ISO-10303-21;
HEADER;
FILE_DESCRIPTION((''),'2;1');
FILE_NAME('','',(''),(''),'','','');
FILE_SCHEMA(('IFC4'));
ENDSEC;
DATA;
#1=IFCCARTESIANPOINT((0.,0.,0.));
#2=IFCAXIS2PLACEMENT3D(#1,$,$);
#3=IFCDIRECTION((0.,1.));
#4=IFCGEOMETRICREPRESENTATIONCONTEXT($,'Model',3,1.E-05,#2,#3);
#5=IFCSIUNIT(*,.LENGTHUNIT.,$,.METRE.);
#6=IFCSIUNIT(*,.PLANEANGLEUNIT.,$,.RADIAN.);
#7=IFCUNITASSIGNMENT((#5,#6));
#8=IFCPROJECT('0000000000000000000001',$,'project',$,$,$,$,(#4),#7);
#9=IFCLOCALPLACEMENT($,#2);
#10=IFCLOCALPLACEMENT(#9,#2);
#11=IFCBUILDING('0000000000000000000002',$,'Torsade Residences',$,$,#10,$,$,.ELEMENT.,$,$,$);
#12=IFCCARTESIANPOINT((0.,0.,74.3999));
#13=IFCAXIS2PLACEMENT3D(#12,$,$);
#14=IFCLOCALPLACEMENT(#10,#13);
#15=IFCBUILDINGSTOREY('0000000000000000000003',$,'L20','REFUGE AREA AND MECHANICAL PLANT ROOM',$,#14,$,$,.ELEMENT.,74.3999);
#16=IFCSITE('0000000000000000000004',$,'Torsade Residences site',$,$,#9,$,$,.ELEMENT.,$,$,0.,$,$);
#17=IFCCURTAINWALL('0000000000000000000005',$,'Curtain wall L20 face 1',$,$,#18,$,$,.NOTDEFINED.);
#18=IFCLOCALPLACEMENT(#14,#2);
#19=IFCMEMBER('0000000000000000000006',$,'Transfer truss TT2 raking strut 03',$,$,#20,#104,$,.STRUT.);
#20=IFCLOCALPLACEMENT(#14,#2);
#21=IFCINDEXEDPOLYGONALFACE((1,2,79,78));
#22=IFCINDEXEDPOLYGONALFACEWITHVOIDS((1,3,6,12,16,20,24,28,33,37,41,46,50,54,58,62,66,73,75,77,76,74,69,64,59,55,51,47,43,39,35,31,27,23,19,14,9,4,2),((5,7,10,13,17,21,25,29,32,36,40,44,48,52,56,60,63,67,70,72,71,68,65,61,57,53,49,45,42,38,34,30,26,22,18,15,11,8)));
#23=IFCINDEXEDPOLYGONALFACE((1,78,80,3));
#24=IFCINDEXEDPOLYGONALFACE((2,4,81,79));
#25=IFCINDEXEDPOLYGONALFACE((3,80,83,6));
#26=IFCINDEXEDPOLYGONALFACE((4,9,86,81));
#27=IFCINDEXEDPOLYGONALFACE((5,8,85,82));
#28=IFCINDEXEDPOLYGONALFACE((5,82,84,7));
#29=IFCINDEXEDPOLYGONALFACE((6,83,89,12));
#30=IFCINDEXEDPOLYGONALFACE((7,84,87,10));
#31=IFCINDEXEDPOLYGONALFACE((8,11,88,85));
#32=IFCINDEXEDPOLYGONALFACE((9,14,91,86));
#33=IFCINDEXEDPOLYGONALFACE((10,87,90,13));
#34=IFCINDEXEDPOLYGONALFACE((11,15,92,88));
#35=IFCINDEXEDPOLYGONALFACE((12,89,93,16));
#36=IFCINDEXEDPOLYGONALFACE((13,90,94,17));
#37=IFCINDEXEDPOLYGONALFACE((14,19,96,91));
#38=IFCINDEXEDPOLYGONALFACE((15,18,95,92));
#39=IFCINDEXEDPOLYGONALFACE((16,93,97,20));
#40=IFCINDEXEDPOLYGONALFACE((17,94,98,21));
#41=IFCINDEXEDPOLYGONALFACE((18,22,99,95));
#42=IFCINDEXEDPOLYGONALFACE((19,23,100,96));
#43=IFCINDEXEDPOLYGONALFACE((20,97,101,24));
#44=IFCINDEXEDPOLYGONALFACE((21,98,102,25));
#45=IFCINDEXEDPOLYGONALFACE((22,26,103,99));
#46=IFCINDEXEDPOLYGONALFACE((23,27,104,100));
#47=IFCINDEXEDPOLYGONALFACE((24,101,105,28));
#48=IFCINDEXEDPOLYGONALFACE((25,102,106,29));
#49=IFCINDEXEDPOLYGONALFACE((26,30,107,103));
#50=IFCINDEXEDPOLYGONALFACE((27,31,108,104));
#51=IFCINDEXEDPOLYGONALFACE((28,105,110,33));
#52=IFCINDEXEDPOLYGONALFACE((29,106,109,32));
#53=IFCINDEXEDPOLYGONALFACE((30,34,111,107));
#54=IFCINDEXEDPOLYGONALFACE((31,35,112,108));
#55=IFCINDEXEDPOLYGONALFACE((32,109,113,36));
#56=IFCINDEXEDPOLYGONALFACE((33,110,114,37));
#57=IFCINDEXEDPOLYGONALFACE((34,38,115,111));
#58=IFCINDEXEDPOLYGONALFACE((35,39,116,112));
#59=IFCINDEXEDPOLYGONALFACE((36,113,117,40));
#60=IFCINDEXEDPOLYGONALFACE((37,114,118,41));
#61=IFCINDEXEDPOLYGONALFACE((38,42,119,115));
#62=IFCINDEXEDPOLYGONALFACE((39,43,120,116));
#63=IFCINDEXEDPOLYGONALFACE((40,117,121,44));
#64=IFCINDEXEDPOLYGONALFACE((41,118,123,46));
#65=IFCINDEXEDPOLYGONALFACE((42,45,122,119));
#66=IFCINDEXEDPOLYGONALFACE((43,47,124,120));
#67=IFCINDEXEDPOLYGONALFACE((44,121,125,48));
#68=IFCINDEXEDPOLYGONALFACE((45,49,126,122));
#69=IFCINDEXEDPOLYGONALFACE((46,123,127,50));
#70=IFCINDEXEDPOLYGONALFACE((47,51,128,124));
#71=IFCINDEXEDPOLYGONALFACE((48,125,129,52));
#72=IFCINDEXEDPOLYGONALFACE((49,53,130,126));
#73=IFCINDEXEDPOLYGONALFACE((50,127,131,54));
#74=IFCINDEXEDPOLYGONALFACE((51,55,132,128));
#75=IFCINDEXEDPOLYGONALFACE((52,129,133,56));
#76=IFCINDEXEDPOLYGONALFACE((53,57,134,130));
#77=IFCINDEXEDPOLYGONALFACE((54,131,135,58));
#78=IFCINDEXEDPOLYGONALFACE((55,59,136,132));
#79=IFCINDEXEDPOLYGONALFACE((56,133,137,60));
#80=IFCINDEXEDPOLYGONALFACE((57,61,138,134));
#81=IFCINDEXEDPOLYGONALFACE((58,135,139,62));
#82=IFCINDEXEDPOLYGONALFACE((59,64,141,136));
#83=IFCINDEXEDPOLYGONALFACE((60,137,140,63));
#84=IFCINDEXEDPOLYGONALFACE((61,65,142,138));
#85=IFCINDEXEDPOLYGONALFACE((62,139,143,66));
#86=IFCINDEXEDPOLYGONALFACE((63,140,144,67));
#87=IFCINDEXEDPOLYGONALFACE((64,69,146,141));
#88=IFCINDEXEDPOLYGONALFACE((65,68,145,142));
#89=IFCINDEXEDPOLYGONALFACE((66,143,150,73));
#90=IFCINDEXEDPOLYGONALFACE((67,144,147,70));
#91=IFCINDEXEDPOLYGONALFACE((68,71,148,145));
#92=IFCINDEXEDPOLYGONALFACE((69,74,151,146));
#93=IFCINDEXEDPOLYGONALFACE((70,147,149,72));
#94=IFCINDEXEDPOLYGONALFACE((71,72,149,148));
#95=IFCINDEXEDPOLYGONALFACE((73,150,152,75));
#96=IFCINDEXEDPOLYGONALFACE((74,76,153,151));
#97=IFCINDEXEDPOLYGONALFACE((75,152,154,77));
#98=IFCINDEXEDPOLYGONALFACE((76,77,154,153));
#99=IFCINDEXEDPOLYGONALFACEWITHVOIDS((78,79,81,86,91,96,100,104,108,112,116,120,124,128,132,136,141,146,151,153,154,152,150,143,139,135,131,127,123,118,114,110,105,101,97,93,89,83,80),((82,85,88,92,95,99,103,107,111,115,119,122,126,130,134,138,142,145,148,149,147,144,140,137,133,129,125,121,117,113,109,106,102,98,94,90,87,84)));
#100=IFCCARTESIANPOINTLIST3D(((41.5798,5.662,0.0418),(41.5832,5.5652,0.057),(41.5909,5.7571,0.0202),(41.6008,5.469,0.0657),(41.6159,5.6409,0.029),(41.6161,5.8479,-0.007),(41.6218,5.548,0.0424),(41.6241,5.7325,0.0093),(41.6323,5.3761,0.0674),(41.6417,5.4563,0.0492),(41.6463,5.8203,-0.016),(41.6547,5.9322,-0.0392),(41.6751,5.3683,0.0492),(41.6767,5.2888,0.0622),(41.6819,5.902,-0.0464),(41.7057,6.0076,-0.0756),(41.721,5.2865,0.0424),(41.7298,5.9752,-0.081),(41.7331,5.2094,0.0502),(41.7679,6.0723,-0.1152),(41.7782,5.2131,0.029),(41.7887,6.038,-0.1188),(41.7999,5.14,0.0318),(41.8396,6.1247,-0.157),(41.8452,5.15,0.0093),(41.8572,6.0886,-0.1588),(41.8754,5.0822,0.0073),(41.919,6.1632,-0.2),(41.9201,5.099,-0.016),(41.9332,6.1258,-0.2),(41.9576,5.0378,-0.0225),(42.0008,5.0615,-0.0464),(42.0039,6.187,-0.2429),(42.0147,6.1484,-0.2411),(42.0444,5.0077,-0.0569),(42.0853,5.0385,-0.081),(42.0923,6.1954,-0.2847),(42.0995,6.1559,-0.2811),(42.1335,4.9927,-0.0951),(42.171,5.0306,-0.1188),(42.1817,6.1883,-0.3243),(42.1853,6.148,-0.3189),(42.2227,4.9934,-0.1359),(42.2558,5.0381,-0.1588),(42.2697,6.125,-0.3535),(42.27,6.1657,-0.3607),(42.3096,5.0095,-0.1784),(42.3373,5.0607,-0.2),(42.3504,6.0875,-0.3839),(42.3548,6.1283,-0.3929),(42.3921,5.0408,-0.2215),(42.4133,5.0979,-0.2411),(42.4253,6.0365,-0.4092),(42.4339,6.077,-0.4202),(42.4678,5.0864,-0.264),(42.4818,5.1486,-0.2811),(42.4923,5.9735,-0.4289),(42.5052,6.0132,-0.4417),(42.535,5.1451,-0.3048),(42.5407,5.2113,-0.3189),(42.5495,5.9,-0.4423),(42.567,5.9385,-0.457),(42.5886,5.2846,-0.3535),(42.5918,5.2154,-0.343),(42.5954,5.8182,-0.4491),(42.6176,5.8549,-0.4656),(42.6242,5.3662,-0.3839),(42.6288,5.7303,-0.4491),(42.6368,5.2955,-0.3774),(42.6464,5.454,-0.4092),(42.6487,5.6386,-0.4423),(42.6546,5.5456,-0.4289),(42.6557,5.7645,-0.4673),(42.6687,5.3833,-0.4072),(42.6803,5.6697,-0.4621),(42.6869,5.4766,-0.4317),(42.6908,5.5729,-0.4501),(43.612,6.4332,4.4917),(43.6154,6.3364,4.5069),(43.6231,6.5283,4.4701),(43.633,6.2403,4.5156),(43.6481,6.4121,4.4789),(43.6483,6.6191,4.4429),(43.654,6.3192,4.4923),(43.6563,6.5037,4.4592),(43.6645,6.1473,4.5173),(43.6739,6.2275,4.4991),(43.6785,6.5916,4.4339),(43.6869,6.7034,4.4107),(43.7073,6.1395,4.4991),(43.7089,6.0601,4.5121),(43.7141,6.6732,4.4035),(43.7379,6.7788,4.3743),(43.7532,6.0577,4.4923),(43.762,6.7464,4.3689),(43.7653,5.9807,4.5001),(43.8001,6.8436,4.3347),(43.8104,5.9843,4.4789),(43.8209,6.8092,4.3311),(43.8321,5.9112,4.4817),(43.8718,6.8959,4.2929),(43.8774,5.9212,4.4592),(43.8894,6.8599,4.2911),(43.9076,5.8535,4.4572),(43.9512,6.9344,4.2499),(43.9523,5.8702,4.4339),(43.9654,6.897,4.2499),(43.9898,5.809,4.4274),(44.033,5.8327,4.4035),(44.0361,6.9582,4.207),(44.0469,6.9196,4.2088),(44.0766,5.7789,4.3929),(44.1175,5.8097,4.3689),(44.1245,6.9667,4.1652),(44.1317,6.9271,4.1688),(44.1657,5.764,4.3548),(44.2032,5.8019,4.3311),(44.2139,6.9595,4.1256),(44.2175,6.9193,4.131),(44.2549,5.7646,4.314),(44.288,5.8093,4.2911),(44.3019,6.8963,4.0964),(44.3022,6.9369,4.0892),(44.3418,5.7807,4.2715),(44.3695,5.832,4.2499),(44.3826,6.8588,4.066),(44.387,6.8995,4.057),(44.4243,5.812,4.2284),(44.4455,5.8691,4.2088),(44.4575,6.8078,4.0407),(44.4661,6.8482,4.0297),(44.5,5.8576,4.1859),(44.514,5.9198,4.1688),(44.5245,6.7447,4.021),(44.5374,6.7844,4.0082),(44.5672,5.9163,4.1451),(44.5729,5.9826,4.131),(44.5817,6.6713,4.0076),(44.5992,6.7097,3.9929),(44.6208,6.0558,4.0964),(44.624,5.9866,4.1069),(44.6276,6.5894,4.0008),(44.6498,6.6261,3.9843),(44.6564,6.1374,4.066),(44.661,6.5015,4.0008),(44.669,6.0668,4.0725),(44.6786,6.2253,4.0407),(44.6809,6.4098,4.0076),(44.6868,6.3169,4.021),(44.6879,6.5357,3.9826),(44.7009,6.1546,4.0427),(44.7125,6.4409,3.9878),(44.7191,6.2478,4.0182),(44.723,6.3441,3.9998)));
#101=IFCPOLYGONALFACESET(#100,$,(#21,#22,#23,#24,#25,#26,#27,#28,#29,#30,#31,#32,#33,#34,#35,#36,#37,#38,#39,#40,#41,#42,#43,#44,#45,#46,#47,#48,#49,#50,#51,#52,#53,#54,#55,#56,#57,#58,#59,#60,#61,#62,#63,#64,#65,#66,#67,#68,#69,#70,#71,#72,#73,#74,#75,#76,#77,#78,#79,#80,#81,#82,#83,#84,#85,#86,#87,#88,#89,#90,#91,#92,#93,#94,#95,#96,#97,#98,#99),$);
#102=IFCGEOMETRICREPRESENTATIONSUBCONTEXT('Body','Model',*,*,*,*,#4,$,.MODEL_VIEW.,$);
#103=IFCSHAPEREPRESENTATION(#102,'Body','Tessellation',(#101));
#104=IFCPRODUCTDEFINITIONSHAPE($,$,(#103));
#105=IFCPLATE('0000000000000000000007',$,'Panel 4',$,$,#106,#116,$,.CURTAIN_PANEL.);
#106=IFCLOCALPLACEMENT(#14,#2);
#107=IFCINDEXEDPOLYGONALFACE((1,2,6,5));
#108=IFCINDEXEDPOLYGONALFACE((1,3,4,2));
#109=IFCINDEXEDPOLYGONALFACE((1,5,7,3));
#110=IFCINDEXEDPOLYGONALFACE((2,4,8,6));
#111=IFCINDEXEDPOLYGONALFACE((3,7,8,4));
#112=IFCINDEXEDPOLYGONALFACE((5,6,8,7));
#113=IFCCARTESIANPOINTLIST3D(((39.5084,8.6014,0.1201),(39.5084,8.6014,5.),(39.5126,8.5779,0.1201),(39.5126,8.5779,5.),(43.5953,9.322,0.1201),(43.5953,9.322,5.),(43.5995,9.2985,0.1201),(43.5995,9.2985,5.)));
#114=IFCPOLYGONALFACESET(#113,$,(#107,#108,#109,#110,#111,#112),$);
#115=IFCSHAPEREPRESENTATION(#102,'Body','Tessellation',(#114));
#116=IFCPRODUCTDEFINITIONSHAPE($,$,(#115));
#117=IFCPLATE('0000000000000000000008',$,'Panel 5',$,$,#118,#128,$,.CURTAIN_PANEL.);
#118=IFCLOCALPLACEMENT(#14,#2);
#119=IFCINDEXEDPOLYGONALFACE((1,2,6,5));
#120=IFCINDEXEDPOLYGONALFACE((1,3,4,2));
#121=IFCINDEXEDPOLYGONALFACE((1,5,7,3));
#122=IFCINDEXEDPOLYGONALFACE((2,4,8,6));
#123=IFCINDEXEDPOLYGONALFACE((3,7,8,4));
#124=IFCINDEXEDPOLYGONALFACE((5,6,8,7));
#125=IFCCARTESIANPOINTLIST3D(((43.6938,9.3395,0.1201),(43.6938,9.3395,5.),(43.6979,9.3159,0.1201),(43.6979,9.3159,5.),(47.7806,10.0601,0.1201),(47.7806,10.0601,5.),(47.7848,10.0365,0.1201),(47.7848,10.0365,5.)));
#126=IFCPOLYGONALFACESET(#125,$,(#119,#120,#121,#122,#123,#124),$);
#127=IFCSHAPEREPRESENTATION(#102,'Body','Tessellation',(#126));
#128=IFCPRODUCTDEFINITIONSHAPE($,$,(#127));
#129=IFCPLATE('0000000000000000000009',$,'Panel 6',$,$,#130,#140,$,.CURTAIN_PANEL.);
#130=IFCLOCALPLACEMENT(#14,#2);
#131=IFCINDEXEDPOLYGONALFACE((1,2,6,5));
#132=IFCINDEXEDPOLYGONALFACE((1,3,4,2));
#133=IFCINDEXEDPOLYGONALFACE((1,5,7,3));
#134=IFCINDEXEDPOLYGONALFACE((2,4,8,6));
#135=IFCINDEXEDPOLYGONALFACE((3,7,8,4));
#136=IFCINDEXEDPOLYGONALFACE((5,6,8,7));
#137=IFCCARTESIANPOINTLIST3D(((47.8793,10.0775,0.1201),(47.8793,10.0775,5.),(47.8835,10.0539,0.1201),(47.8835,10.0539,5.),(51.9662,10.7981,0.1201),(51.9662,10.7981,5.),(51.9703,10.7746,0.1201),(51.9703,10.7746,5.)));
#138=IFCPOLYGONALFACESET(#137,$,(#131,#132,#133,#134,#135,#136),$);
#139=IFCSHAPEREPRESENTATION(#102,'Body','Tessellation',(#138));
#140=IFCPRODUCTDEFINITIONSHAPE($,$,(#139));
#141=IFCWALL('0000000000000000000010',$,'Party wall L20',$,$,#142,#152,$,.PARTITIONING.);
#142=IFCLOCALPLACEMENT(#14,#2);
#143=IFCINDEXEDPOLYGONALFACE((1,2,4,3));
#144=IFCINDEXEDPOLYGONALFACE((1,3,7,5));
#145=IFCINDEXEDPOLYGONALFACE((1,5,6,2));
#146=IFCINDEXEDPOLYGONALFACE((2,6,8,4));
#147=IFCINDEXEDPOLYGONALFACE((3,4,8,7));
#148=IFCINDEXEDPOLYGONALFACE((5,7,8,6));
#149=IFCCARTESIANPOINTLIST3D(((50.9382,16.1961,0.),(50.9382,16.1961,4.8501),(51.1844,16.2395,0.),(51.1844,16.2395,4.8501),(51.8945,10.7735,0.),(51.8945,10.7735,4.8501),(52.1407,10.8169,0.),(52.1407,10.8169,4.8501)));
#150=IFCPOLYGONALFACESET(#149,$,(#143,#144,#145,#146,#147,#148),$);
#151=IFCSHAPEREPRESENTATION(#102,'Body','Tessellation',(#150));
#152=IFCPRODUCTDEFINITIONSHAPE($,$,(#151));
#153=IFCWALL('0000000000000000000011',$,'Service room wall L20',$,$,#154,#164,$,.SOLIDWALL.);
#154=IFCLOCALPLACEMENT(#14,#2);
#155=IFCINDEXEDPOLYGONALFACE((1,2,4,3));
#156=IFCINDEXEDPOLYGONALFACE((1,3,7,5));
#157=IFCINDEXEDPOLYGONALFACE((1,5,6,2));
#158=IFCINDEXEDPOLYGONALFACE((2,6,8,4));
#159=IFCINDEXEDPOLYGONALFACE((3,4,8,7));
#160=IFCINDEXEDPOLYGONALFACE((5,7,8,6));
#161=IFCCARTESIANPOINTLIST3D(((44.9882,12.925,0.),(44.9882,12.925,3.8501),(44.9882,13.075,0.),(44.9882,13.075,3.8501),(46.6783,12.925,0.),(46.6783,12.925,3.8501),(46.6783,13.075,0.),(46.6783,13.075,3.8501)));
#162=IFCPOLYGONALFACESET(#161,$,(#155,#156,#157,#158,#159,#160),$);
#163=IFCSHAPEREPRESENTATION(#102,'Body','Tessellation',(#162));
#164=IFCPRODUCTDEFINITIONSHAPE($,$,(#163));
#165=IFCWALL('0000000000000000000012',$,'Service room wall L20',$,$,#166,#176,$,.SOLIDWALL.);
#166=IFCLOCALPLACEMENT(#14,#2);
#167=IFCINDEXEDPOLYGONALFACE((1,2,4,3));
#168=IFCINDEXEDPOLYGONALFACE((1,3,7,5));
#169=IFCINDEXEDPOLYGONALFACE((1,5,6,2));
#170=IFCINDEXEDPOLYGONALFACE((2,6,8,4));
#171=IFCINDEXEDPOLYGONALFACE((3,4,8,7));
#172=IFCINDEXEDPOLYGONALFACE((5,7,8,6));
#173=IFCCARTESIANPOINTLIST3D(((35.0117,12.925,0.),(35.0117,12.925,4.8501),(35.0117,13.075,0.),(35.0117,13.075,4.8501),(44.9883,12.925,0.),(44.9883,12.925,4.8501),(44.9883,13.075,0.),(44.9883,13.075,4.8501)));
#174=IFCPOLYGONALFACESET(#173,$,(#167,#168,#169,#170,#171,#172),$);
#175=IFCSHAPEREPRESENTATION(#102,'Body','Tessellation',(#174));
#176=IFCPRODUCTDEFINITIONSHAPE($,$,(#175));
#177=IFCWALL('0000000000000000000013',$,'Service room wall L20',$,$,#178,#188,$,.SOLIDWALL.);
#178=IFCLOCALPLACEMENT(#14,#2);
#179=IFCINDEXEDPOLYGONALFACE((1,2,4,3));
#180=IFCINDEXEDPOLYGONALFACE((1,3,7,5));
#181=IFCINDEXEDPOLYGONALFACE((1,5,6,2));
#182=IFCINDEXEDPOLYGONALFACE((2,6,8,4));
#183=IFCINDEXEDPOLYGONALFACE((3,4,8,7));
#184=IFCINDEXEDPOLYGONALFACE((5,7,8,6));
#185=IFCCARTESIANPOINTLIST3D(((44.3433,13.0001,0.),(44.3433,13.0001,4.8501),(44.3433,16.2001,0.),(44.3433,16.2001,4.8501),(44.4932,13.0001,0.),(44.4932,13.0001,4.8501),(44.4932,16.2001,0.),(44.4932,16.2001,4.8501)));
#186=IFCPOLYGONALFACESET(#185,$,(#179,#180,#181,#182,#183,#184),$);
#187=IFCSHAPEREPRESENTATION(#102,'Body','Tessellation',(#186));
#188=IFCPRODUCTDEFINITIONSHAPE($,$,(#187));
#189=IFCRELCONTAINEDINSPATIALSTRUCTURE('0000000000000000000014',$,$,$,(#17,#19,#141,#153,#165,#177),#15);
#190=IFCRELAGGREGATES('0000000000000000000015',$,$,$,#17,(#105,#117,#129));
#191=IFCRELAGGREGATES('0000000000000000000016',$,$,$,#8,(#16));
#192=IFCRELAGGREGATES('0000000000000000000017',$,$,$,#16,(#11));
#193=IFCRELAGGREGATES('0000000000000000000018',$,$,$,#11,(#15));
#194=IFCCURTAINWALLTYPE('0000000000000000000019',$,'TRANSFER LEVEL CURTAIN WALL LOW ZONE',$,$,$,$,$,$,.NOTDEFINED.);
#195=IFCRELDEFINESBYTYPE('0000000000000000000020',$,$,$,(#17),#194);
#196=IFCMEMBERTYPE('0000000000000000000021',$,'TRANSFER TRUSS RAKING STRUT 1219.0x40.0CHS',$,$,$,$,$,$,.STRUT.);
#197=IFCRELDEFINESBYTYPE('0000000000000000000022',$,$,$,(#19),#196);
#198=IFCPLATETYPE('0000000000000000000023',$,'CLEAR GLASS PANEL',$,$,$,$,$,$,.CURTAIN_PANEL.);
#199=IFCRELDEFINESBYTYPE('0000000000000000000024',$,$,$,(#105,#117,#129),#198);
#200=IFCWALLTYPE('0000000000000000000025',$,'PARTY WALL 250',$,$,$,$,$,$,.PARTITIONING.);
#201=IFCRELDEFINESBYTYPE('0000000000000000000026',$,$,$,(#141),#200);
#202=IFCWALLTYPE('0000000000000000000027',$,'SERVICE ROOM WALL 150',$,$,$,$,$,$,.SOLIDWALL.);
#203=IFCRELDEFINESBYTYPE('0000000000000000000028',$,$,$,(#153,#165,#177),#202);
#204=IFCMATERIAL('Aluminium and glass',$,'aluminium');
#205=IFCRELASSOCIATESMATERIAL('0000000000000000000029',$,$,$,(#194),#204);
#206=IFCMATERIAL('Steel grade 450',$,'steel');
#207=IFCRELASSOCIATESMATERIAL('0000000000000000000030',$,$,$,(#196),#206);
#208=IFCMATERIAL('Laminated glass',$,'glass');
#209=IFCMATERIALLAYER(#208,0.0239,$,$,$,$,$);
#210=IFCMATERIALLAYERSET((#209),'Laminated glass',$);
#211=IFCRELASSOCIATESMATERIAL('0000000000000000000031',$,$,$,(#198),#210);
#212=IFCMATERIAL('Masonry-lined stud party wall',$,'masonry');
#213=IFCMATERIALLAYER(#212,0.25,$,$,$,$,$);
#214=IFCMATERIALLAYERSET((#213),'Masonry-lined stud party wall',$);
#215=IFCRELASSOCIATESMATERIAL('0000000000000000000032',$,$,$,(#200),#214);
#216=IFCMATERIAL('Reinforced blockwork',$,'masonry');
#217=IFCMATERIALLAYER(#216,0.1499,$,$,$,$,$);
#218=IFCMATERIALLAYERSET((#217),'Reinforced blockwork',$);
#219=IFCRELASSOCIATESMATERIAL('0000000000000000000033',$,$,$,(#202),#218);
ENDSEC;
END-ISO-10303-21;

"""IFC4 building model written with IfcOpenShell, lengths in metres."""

from ifc_helpers import new_model, si_unit, direction, frame, frame_2d, origin, origin_2d, place, context, subcontext, project, spatial, rectangle, hollow_circle, extrude, material, layer, layer_set, material_profile, profile_set, type_object, element, aggregate, save


model = new_model("IFC4")

# Units and contexts
model_context = context("Model", 3, precision=1e-05, world=origin(), true_north=direction((0.0, 1.0)))
body_context = subcontext(model_context, "Body", "Model", "MODEL_VIEW")
ifc_project = project(units=[si_unit("LENGTHUNIT", "METRE"), si_unit("PLANEANGLEUNIT", "RADIAN")], contexts=[model_context])

# Site, building, storey
site_placement = place(None, origin())
site = spatial("IfcSite", under=ifc_project, at=site_placement, Name="Torsade Residences site", CompositionType="ELEMENT", RefElevation=0.0)
building_placement = place(site_placement, origin())
building = spatial("IfcBuilding", under=site, at=building_placement, Name="Torsade Residences", CompositionType="ELEMENT")
storey_placement = place(building_placement, frame((0.0, 0.0, 74.3999)))
storey = spatial("IfcBuildingStorey", under=building, at=storey_placement, Name="L20", Description="REFUGE AREA AND MECHANICAL PLANT ROOM", CompositionType="ELEMENT", Elevation=74.3999)

# Curtain wall
ifc_material_1 = material(Name="Aluminium and glass", Category="aluminium")
curtain_wall_type = type_object("IfcCurtainWallType", Name="TRANSFER LEVEL CURTAIN WALL LOW ZONE", PredefinedType="NOTDEFINED", material=ifc_material_1)
curtain_wall_placement = place(storey_placement, origin())
curtain_wall = element("IfcCurtainWall", 1, at=curtain_wall_placement, inside=storey, type_object=curtain_wall_type, Name="Curtain wall L20 face 1", PredefinedType="NOTDEFINED")

# Member
ifc_material_2 = material(Name="Steel grade 450", Category="steel")
ifc_material_profile_1 = material_profile(ifc_material_2, hollow_circle(Radius=0.6096, WallThickness=0.04, at=origin_2d()), Name="1219.0x40.0CHS")
ifc_profile_set_1 = profile_set([ifc_material_profile_1], Name="Steel grade 450")
member_type_1 = type_object("IfcMemberType", Name="TRANSFER TRUSS RAKING STRUT 1219.0x40.0CHS", PredefinedType="STRUT", material=ifc_profile_set_1)
member_1_placement = place(storey_placement, frame((42.1353, 5.5933, -0.2), z_axis=(0.410347, 0.155729, 0.898534), x_axis=(-0.354813, 0.934937, 0.0)))
element("IfcMember", 2, at=member_1_placement, inside=storey, type_object=member_type_1, Name="Transfer truss TT2 raking strut 03", PredefinedType="STRUT", context=body_context, shape_type="SweptSolid", body=[
    extrude(hollow_circle(Radius=0.6096, WallThickness=0.04, at=origin_2d()), origin(), (0.0, 0.0, 1.0), 4.9524),
])

# Plates
ifc_material_3 = material(Name="Laminated glass", Category="glass")
ifc_layer_1 = layer(ifc_material_3, 0.0239)
ifc_layer_set_1 = layer_set([ifc_layer_1], Name="Laminated glass")
plate_type = type_object("IfcPlateType", Name="CLEAR GLASS PANEL", PredefinedType="CURTAIN_PANEL", material=ifc_layer_set_1)
plate_1_placement = place(storey_placement, frame((41.554, 8.95, 0.1201), z_axis=(0.0, 0.0, 1.0), x_axis=(0.984808, 0.173648, 0.0)))
plate_1 = element("IfcPlate", 3, at=plate_1_placement, type_object=plate_type, Name="Panel 4", PredefinedType="CURTAIN_PANEL", context=body_context, shape_type="SweptSolid", body=[
    extrude(rectangle(XDim=4.1499, YDim=0.0239, at=origin_2d()), origin(), (0.0, 0.0, 1.0), 4.8799),
])
plate_2_placement = place(storey_placement, frame((45.7393, 9.688, 0.1201), z_axis=(0.0, 0.0, 1.0), x_axis=(0.984808, 0.173648, 0.0)))
plate_2 = element("IfcPlate", 4, at=plate_2_placement, type_object=plate_type, Name="Panel 5", PredefinedType="CURTAIN_PANEL", context=body_context, shape_type="SweptSolid", body=[
    extrude(rectangle(XDim=4.1499, YDim=0.0239, at=origin_2d()), origin(), (0.0, 0.0, 1.0), 4.8799),
])
plate_3_placement = place(storey_placement, frame((49.9248, 10.426, 0.1201), z_axis=(0.0, 0.0, 1.0), x_axis=(0.984808, 0.173648, 0.0)))
plate_3 = element("IfcPlate", 5, at=plate_3_placement, type_object=plate_type, Name="Panel 6", PredefinedType="CURTAIN_PANEL", context=body_context, shape_type="SweptSolid", body=[
    extrude(rectangle(XDim=4.1499, YDim=0.0239, at=origin_2d()), origin(), (0.0, 0.0, 1.0), 4.8799),
])
aggregate(curtain_wall, [plate_1, plate_2, plate_3])

# Walls
ifc_material_4 = material(Name="Masonry-lined stud party wall", Category="masonry")
ifc_layer_2 = layer(ifc_material_4, 0.25)
ifc_layer_set_2 = layer_set([ifc_layer_2], Name="Masonry-lined stud party wall")
wall_type_1 = type_object("IfcWallType", Name="PARTY WALL 250", PredefinedType="PARTITIONING", material=ifc_layer_set_2)
wall_1_placement = place(storey_placement, frame((52.0176, 10.7952, 0.0), z_axis=(0.0, 0.0, 1.0), x_axis=(-0.173674, 0.984803, 0.0)))
element("IfcWall", 6, at=wall_1_placement, inside=storey, type_object=wall_type_1, Name="Party wall L20", PredefinedType="PARTITIONING", context=body_context, shape_type="SweptSolid", body=[
    extrude(rectangle(XDim=5.5063, YDim=0.25, at=frame_2d((2.7532, 0.0))), origin(), (0.0, 0.0, 1.0), 4.8501),
])
ifc_material_5 = material(Name="Reinforced blockwork", Category="masonry")
ifc_layer_3 = layer(ifc_material_5, 0.1499)
ifc_layer_set_3 = layer_set([ifc_layer_3], Name="Reinforced blockwork")
wall_type_2 = type_object("IfcWallType", Name="SERVICE ROOM WALL 150", PredefinedType="SOLIDWALL", material=ifc_layer_set_3)
wall_2_placement = place(storey_placement, frame((46.6785, 13.0, 0.0), z_axis=(0.0, 0.0, 1.0), x_axis=(-1.0, 0.0, 0.0)))
element("IfcWall", 7, at=wall_2_placement, inside=storey, type_object=wall_type_2, Name="Service room wall L20", PredefinedType="SOLIDWALL", context=body_context, shape_type="SweptSolid", body=[
    extrude(rectangle(XDim=1.6902, YDim=0.1499, at=frame_2d((0.8452, 0.0))), origin(), (0.0, 0.0, 1.0), 3.8501),
])
wall_3_placement = place(storey_placement, frame((44.9883, 13.0, 0.0), z_axis=(0.0, 0.0, 1.0), x_axis=(-1.0, 0.0, 0.0)))
element("IfcWall", 8, at=wall_3_placement, inside=storey, type_object=wall_type_2, Name="Service room wall L20", PredefinedType="SOLIDWALL", context=body_context, shape_type="SweptSolid", body=[
    extrude(rectangle(XDim=9.9766, YDim=0.1499, at=frame_2d((4.9883, 0.0))), origin(), (0.0, 0.0, 1.0), 4.8501),
])
wall_4_placement = place(storey_placement, frame((44.4182, 13.0, 0.0), z_axis=(0.0, 0.0, 1.0), x_axis=(0.0, 1.0, 0.0)))
element("IfcWall", 9, at=wall_4_placement, inside=storey, type_object=wall_type_2, Name="Service room wall L20", PredefinedType="SOLIDWALL", context=body_context, shape_type="SweptSolid", body=[
    extrude(rectangle(XDim=3.2, YDim=0.1499, at=frame_2d((1.6001, 0.0))), origin(), (0.0, 0.0, 1.0), 4.8501),
])

save(model, "model.ifc")
